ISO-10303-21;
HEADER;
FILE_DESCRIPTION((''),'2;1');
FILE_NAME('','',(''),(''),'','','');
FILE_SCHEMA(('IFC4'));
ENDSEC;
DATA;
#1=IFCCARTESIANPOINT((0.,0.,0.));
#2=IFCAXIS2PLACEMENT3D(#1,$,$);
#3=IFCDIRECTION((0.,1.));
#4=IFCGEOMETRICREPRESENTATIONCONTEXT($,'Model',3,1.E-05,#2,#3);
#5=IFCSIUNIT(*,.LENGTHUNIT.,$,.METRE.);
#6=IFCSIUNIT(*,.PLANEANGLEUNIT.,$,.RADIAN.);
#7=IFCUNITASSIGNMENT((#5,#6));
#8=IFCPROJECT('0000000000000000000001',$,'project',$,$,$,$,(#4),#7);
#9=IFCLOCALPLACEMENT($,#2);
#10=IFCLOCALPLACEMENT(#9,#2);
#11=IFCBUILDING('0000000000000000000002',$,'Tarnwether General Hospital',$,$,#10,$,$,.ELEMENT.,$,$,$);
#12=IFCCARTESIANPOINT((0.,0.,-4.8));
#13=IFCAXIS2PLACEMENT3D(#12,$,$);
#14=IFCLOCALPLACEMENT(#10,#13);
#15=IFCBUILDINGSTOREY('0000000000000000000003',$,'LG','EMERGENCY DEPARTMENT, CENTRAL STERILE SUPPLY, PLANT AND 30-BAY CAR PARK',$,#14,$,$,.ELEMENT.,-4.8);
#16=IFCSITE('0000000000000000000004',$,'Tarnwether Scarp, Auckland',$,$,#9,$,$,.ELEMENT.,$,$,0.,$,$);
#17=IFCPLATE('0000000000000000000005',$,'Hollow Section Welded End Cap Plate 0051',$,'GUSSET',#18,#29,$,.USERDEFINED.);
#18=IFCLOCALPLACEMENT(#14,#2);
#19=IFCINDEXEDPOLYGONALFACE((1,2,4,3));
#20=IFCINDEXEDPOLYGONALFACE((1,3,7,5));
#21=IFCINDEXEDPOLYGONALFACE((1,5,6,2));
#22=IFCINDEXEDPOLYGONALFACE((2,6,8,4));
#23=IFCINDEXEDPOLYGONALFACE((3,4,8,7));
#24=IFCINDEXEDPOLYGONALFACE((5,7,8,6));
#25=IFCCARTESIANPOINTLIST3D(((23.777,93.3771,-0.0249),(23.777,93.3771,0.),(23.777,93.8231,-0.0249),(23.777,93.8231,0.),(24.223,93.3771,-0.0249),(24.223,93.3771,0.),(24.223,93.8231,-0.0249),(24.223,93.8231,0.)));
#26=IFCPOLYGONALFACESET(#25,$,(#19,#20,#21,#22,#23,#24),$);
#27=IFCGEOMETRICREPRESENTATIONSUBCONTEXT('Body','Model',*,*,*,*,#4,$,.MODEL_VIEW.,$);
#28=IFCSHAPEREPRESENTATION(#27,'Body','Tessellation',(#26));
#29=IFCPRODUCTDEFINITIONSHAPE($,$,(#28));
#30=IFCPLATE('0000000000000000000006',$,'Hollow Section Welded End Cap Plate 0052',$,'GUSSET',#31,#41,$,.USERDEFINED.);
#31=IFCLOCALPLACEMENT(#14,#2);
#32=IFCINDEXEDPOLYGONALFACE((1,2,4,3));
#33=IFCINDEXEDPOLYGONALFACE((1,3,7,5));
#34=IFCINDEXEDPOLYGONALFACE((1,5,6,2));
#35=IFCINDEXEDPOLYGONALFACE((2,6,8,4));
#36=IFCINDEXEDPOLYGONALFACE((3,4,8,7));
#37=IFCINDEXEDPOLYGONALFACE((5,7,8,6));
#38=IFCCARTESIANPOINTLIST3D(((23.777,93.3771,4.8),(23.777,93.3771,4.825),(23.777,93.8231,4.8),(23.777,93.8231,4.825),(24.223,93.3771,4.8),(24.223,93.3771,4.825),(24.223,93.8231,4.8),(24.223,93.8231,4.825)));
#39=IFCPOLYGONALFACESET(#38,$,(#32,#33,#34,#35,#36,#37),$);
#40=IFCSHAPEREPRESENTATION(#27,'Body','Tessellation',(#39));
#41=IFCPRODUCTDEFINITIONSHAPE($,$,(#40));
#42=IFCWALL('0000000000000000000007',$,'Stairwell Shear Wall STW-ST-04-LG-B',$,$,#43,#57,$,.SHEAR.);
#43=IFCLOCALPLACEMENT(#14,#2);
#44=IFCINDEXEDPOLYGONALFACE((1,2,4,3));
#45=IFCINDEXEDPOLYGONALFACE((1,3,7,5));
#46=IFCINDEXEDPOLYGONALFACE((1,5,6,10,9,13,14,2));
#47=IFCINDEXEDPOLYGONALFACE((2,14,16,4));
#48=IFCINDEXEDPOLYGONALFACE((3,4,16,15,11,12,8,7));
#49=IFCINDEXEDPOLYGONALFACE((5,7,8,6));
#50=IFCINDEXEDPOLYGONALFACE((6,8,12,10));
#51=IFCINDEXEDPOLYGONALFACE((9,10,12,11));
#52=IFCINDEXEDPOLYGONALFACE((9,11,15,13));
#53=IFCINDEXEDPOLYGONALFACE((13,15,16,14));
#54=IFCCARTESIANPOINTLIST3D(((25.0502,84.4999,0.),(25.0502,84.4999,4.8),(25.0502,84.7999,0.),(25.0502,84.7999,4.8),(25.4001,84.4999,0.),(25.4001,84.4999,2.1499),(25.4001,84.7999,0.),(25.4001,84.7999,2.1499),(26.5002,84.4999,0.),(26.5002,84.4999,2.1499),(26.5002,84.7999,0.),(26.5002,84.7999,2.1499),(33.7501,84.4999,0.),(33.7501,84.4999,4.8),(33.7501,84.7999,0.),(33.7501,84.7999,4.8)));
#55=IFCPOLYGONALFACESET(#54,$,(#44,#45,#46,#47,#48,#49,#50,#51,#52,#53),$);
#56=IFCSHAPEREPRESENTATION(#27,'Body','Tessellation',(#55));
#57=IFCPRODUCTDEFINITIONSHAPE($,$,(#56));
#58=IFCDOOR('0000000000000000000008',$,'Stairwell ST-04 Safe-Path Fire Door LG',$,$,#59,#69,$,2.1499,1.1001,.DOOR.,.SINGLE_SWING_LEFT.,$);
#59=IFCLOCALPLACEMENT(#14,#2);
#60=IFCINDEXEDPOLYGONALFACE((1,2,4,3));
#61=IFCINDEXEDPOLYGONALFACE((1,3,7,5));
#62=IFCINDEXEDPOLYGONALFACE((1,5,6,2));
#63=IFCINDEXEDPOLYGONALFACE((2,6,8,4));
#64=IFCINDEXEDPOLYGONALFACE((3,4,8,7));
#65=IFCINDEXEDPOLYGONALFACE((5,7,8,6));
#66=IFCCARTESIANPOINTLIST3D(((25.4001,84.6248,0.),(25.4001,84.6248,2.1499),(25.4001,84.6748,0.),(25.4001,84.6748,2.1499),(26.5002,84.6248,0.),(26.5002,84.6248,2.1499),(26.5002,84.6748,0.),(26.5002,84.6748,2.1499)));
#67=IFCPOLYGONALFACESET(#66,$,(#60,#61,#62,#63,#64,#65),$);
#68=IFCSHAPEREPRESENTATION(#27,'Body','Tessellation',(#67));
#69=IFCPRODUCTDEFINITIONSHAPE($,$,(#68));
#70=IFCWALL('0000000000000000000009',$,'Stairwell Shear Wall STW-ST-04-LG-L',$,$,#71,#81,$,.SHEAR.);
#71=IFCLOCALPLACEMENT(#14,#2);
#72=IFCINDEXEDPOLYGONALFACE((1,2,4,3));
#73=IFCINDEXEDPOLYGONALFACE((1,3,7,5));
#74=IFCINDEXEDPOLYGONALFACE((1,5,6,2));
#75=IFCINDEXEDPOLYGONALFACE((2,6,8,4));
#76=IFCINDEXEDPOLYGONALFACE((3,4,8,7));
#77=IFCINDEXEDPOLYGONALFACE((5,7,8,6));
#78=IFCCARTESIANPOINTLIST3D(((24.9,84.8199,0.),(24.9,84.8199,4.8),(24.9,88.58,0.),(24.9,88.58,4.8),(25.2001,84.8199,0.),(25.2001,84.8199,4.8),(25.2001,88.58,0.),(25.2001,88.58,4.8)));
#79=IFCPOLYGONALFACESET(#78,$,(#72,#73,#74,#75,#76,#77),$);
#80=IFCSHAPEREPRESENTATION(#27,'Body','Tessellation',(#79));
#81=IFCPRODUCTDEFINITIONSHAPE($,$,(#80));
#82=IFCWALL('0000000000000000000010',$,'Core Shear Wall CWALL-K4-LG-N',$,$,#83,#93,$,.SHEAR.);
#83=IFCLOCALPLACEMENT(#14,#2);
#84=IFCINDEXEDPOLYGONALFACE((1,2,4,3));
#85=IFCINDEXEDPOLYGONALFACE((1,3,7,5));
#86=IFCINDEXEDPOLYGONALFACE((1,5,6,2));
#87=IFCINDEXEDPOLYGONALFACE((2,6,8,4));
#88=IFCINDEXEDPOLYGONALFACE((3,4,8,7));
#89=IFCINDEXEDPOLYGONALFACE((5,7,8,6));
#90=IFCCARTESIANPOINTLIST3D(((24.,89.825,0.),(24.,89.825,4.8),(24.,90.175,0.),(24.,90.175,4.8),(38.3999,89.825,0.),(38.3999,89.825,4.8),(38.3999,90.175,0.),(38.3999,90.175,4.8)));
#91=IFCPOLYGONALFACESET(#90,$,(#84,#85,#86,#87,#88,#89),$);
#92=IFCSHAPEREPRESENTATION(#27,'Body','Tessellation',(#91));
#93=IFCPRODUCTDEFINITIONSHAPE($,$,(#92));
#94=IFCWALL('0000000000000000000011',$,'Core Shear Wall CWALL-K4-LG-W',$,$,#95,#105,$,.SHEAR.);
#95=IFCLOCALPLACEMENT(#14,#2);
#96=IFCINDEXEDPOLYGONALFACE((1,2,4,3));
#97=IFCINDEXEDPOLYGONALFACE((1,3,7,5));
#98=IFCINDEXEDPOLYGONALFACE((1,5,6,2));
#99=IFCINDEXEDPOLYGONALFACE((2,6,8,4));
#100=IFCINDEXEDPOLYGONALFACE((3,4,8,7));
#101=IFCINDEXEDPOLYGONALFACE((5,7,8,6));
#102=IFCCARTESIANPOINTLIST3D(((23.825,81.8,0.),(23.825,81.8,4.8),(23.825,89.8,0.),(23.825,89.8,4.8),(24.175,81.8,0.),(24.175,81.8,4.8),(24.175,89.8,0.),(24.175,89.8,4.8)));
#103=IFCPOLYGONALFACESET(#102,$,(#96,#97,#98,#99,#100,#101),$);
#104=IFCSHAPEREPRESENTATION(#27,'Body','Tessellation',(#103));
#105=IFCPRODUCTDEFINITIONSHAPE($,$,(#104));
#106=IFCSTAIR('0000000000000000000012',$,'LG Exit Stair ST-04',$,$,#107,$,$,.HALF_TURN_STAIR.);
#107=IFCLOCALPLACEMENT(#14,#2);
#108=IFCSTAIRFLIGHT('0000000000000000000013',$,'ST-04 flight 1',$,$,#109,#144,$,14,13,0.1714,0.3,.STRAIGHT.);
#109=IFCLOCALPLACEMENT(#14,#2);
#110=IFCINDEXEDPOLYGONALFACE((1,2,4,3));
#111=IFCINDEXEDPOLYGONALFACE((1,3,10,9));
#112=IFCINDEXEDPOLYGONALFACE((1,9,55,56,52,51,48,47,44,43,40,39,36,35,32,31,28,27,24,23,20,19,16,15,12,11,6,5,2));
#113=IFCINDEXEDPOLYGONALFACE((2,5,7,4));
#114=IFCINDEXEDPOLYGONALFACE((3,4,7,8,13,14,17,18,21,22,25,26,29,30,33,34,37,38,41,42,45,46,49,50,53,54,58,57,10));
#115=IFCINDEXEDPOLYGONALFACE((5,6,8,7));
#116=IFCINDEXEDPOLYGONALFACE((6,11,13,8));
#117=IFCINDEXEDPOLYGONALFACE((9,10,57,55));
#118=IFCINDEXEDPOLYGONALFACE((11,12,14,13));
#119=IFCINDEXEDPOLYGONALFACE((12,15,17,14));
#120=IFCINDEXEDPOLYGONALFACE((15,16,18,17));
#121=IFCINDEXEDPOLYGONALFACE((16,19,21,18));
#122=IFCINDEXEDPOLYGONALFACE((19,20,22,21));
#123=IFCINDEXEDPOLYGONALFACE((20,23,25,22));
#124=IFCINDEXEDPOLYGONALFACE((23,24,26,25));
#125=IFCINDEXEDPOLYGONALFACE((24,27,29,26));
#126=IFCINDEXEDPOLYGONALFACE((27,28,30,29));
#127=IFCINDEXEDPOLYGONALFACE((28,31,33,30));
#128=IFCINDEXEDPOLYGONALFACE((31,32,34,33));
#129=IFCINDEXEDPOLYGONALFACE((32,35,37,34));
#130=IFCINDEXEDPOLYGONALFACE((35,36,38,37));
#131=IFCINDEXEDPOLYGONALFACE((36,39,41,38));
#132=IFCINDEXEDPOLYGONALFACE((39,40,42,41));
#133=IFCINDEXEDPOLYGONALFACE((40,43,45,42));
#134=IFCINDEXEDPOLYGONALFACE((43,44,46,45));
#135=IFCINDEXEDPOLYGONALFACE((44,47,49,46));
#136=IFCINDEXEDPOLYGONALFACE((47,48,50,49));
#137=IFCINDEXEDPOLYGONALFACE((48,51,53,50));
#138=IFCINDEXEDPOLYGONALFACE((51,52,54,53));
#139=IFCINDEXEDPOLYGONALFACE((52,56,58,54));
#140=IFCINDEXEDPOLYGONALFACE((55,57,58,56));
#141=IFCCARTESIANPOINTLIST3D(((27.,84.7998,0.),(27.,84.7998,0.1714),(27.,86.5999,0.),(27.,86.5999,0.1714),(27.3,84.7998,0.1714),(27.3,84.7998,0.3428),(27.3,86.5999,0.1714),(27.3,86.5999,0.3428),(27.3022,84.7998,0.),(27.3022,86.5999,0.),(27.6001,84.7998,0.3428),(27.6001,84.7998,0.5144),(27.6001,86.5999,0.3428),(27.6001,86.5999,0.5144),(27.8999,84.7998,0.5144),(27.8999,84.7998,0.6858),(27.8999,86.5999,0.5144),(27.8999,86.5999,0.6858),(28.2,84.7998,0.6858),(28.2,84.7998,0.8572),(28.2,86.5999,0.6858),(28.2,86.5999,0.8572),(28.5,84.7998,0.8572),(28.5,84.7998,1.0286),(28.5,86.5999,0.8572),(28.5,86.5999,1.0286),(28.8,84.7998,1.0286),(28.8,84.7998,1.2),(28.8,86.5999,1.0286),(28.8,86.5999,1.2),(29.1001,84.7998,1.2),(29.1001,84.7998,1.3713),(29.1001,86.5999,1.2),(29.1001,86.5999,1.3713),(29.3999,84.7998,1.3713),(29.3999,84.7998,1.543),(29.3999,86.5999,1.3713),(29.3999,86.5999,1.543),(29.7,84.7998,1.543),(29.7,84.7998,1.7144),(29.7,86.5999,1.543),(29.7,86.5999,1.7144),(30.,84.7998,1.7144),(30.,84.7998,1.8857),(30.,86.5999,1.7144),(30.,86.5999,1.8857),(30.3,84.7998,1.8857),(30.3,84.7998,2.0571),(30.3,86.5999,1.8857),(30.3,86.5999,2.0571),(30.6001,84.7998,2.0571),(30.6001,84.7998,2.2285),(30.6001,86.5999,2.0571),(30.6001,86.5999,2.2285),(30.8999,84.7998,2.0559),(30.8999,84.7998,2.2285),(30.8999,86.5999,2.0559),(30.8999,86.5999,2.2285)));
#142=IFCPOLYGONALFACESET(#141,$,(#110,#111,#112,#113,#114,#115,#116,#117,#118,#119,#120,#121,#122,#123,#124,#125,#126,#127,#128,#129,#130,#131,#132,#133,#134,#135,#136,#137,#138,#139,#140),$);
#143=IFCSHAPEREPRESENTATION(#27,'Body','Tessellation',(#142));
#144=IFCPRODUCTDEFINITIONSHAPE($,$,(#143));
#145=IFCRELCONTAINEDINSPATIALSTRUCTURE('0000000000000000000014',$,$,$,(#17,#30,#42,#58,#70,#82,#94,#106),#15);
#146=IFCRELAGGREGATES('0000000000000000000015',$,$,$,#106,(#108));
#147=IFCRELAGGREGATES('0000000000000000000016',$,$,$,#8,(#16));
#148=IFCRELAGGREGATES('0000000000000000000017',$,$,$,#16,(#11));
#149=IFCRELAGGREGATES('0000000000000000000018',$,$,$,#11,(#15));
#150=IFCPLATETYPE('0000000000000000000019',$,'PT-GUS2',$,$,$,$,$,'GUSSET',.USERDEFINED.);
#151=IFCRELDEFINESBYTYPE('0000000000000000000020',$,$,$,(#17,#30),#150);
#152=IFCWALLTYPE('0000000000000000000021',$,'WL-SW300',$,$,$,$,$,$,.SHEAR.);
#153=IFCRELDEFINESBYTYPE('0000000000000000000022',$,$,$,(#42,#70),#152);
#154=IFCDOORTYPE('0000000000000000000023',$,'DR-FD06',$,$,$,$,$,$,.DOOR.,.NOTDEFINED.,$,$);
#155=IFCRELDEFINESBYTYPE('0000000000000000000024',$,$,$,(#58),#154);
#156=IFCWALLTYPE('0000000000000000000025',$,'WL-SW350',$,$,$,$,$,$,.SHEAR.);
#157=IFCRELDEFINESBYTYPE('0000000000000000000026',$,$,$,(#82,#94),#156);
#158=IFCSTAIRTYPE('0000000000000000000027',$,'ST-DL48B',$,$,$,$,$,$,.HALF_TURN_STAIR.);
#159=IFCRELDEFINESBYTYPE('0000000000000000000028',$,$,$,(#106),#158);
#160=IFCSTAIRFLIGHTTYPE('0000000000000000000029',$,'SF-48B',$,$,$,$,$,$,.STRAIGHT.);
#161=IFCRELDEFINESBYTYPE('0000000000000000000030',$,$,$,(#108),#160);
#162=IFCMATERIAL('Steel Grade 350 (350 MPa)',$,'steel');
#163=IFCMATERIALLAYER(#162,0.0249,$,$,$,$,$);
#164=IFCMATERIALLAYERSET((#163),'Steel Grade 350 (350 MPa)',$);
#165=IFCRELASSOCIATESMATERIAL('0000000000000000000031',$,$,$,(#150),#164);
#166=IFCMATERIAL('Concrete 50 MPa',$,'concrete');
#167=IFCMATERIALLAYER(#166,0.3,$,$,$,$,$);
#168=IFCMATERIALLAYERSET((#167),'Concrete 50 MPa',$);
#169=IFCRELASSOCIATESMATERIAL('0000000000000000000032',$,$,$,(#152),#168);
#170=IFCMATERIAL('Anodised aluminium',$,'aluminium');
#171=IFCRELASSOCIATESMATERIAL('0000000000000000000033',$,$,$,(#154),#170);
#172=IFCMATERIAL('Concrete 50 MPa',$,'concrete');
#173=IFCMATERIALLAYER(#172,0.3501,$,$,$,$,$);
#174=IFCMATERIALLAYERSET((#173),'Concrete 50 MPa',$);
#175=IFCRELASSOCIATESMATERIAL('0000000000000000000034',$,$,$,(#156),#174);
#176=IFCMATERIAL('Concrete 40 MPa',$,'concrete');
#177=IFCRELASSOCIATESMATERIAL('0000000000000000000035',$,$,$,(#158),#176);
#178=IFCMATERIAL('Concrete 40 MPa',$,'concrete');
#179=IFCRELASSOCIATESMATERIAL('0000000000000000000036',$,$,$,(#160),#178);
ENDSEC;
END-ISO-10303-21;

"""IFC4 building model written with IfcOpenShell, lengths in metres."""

from ifc_helpers import new_model, si_unit, direction, frame, frame_2d, origin, origin_2d, place, context, subcontext, project, spatial, polyline, rectangle, outline, extrude, material, layer, layer_set, type_object, element, fill, aggregate, save


model = new_model("IFC4")

# Units and contexts
model_context = context("Model", 3, precision=1e-05, world=origin(), true_north=direction((0.0, 1.0)))
body_context = subcontext(model_context, "Body", "Model", "MODEL_VIEW")
ifc_project = project(units=[si_unit("LENGTHUNIT", "METRE"), si_unit("PLANEANGLEUNIT", "RADIAN")], contexts=[model_context])

# Site, building, storey
site_placement = place(None, origin())
site = spatial("IfcSite", under=ifc_project, at=site_placement, Name="Tarnwether Scarp, Auckland", CompositionType="ELEMENT", RefElevation=0.0)
building_placement = place(site_placement, origin())
building = spatial("IfcBuilding", under=site, at=building_placement, Name="Tarnwether General Hospital", CompositionType="ELEMENT")
storey_placement = place(building_placement, frame((0.0, 0.0, -4.8)))
storey = spatial("IfcBuildingStorey", under=building, at=storey_placement, Name="LG", Description="EMERGENCY DEPARTMENT, CENTRAL STERILE SUPPLY, PLANT AND 30-BAY CAR PARK", CompositionType="ELEMENT", Elevation=-4.8)

# Plates
ifc_material_1 = material(Name="Steel Grade 350 (350 MPa)", Category="steel")
ifc_layer_1 = layer(ifc_material_1, 0.0249)
ifc_layer_set_1 = layer_set([ifc_layer_1], Name="Steel Grade 350 (350 MPa)")
plate_type = type_object("IfcPlateType", Name="PT-GUS2", ElementType="GUSSET", PredefinedType="USERDEFINED", material=ifc_layer_set_1)
for number, where, z_axis, x_axis, name in (
    (1, (24.0, 93.6001, -0.0249), (0.0, 0.0, 1.0), (1.0, 0.0, 0.0), "Hollow Section Welded End Cap Plate 0051"),
    (2, (24.0, 93.6001, 4.8), (0.0, 0.0, 1.0), (1.0, 0.0, 0.0), "Hollow Section Welded End Cap Plate 0052"),
):
    element("IfcPlate", number, at=place(storey_placement, frame(where, z_axis=z_axis, x_axis=x_axis)), inside=storey, type_object=plate_type, Name=name, ObjectType="GUSSET", PredefinedType="USERDEFINED", context=body_context, shape_type="SweptSolid", body=[
        extrude(rectangle(XDim=0.446, YDim=0.446, at=origin_2d()), origin(), (0.0, 0.0, 1.0), 0.0249),
    ])

# Wall, opening, door
ifc_material_2 = material(Name="Concrete 50 MPa", Category="concrete")
ifc_layer_2 = layer(ifc_material_2, 0.3)
ifc_layer_set_2 = layer_set([ifc_layer_2], Name="Concrete 50 MPa")
wall_type_1 = type_object("IfcWallType", Name="WL-SW300", PredefinedType="SHEAR", material=ifc_layer_set_2)
wall_1_placement = place(storey_placement, frame((25.05, 84.6499, 0.0), z_axis=(0.0, 0.0, 1.0), x_axis=(1.0, 0.0, 0.0)))
wall_1 = element("IfcWall", 3, at=wall_1_placement, inside=storey, type_object=wall_type_1, Name="Stairwell Shear Wall STW-ST-04-LG-B", PredefinedType="SHEAR", context=body_context, shape_type="SweptSolid", body=[
    extrude(rectangle(XDim=8.7, YDim=0.3, at=frame_2d((4.3501, 0.0))), origin(), (0.0, 0.0, 1.0), 4.8),
])
opening_placement = place(wall_1_placement, frame((0.3501, 0.0, 0.0)))
opening = element("IfcOpeningElement", 4, at=opening_placement, cuts=wall_1, PredefinedType="OPENING", context=body_context, shape_type="SweptSolid", body=[
    extrude(rectangle(XDim=1.1001, YDim=2.1499, at=frame_2d((0.55, 1.075))), frame((0.0, 0.1602, 0.0), z_axis=(0.0, -1.0, 0.0), x_axis=(1.0, 0.0, 0.0)), (0.0, 0.0, 1.0), 0.3201),
])
ifc_material_3 = material(Name="Anodised aluminium", Category="aluminium")
door_type = type_object("IfcDoorType", Name="DR-FD06", OperationType="NOTDEFINED", PredefinedType="DOOR", material=ifc_material_3)
door_placement = place(opening_placement, origin())
door = element("IfcDoor", 5, at=door_placement, inside=storey, type_object=door_type, Name="Stairwell ST-04 Safe-Path Fire Door LG", OperationType="SINGLE_SWING_LEFT", OverallHeight=2.1499, OverallWidth=1.1001, PredefinedType="DOOR", context=body_context, shape_type="SweptSolid", body=[
    extrude(rectangle(XDim=1.1001, YDim=2.1499, at=frame_2d((0.55, 1.075))), frame((0.0, 0.0249, 0.0), z_axis=(0.0, -1.0, 0.0), x_axis=(1.0, 0.0, 0.0)), (0.0, 0.0, 1.0), 0.05),
])
fill(opening, door)

# Walls
wall_2_placement = place(storey_placement, frame((25.05, 84.8201, 0.0), z_axis=(0.0, 0.0, 1.0), x_axis=(0.0, 1.0, 0.0)))
element("IfcWall", 6, at=wall_2_placement, inside=storey, type_object=wall_type_1, Name="Stairwell Shear Wall STW-ST-04-LG-L", PredefinedType="SHEAR", context=body_context, shape_type="SweptSolid", body=[
    extrude(rectangle(XDim=3.76, YDim=0.3, at=frame_2d((1.8799, 0.0))), origin(), (0.0, 0.0, 1.0), 4.8),
])
ifc_material_4 = material(Name="Concrete 50 MPa", Category="concrete")
ifc_layer_3 = layer(ifc_material_4, 0.3501)
ifc_layer_set_3 = layer_set([ifc_layer_3], Name="Concrete 50 MPa")
wall_type_2 = type_object("IfcWallType", Name="WL-SW350", PredefinedType="SHEAR", material=ifc_layer_set_3)
wall_3_placement = place(storey_placement, frame((24.0, 90.0, 0.0), z_axis=(0.0, 0.0, 1.0), x_axis=(1.0, 0.0, 0.0)))
element("IfcWall", 7, at=wall_3_placement, inside=storey, type_object=wall_type_2, Name="Core Shear Wall CWALL-K4-LG-N", PredefinedType="SHEAR", context=body_context, shape_type="SweptSolid", body=[
    extrude(rectangle(XDim=14.3999, YDim=0.3501, at=frame_2d((7.2, 0.0))), origin(), (0.0, 0.0, 1.0), 4.8),
])
wall_4_placement = place(storey_placement, frame((24.0, 81.8, 0.0), z_axis=(0.0, 0.0, 1.0), x_axis=(0.0, 1.0, 0.0)))
element("IfcWall", 8, at=wall_4_placement, inside=storey, type_object=wall_type_2, Name="Core Shear Wall CWALL-K4-LG-W", PredefinedType="SHEAR", context=body_context, shape_type="SweptSolid", body=[
    extrude(rectangle(XDim=8.0, YDim=0.3501, at=frame_2d((4.0, 0.0))), origin(), (0.0, 0.0, 1.0), 4.8),
])

# Stair, stair flight
ifc_material_5 = material(Name="Concrete 40 MPa", Category="concrete")
stair_type = type_object("IfcStairType", Name="ST-DL48B", PredefinedType="HALF_TURN_STAIR", material=ifc_material_5)
stair_placement = place(storey_placement, origin())
stair = element("IfcStair", 9, at=stair_placement, inside=storey, type_object=stair_type, Name="LG Exit Stair ST-04", PredefinedType="HALF_TURN_STAIR")
ifc_material_6 = material(Name="Concrete 40 MPa", Category="concrete")
stair_flight_type = type_object("IfcStairFlightType", Name="SF-48B", PredefinedType="STRAIGHT", material=ifc_material_6)
stair_flight_placement = place(storey_placement, frame((27.0, 85.7, 0.0), z_axis=(0.0, 0.0, 1.0), x_axis=(1.0, 0.0, 0.0)))
stair_flight = element("IfcStairFlight", 10, at=stair_flight_placement, type_object=stair_flight_type, Name="ST-04 flight 1", NumberOfRisers=14, NumberOfTreads=13, PredefinedType="STRAIGHT", RiserHeight=0.1714, TreadLength=0.3, context=body_context, shape_type="SweptSolid", body=[
    extrude(outline(polyline([(0.0, 0.0), (0.0, 0.1714), (0.3, 0.1714), (0.3, 0.3428), (0.6001, 0.3428), (0.6001, 0.5144), (0.8999, 0.5144), (0.8999, 0.6858), (1.2, 0.6858), (1.2, 0.8572), (1.5, 0.8572), (1.5, 1.0286), (1.8, 1.0286), (1.8, 1.2), (2.1001, 1.2), (2.1001, 1.3713), (2.3999, 1.3713), (2.3999, 1.543), (2.7, 1.543), (2.7, 1.7144), (3.0, 1.7144), (3.0, 1.8857), (3.3, 1.8857), (3.3, 2.0571), (3.6001, 2.0571), (3.6001, 2.2285), (3.8999, 2.2285), (3.8999, 2.3999), (3.8999, 2.0559), (0.3022, 0.0), (0.0, 0.0)])), frame((0.0, 0.8999, 0.0), z_axis=(0.0, -1.0, 0.0), x_axis=(1.0, 0.0, 0.0)), (0.0, 0.0, 1.0), 1.8),
])
aggregate(stair, [stair_flight])

save(model, "model.ifc")
